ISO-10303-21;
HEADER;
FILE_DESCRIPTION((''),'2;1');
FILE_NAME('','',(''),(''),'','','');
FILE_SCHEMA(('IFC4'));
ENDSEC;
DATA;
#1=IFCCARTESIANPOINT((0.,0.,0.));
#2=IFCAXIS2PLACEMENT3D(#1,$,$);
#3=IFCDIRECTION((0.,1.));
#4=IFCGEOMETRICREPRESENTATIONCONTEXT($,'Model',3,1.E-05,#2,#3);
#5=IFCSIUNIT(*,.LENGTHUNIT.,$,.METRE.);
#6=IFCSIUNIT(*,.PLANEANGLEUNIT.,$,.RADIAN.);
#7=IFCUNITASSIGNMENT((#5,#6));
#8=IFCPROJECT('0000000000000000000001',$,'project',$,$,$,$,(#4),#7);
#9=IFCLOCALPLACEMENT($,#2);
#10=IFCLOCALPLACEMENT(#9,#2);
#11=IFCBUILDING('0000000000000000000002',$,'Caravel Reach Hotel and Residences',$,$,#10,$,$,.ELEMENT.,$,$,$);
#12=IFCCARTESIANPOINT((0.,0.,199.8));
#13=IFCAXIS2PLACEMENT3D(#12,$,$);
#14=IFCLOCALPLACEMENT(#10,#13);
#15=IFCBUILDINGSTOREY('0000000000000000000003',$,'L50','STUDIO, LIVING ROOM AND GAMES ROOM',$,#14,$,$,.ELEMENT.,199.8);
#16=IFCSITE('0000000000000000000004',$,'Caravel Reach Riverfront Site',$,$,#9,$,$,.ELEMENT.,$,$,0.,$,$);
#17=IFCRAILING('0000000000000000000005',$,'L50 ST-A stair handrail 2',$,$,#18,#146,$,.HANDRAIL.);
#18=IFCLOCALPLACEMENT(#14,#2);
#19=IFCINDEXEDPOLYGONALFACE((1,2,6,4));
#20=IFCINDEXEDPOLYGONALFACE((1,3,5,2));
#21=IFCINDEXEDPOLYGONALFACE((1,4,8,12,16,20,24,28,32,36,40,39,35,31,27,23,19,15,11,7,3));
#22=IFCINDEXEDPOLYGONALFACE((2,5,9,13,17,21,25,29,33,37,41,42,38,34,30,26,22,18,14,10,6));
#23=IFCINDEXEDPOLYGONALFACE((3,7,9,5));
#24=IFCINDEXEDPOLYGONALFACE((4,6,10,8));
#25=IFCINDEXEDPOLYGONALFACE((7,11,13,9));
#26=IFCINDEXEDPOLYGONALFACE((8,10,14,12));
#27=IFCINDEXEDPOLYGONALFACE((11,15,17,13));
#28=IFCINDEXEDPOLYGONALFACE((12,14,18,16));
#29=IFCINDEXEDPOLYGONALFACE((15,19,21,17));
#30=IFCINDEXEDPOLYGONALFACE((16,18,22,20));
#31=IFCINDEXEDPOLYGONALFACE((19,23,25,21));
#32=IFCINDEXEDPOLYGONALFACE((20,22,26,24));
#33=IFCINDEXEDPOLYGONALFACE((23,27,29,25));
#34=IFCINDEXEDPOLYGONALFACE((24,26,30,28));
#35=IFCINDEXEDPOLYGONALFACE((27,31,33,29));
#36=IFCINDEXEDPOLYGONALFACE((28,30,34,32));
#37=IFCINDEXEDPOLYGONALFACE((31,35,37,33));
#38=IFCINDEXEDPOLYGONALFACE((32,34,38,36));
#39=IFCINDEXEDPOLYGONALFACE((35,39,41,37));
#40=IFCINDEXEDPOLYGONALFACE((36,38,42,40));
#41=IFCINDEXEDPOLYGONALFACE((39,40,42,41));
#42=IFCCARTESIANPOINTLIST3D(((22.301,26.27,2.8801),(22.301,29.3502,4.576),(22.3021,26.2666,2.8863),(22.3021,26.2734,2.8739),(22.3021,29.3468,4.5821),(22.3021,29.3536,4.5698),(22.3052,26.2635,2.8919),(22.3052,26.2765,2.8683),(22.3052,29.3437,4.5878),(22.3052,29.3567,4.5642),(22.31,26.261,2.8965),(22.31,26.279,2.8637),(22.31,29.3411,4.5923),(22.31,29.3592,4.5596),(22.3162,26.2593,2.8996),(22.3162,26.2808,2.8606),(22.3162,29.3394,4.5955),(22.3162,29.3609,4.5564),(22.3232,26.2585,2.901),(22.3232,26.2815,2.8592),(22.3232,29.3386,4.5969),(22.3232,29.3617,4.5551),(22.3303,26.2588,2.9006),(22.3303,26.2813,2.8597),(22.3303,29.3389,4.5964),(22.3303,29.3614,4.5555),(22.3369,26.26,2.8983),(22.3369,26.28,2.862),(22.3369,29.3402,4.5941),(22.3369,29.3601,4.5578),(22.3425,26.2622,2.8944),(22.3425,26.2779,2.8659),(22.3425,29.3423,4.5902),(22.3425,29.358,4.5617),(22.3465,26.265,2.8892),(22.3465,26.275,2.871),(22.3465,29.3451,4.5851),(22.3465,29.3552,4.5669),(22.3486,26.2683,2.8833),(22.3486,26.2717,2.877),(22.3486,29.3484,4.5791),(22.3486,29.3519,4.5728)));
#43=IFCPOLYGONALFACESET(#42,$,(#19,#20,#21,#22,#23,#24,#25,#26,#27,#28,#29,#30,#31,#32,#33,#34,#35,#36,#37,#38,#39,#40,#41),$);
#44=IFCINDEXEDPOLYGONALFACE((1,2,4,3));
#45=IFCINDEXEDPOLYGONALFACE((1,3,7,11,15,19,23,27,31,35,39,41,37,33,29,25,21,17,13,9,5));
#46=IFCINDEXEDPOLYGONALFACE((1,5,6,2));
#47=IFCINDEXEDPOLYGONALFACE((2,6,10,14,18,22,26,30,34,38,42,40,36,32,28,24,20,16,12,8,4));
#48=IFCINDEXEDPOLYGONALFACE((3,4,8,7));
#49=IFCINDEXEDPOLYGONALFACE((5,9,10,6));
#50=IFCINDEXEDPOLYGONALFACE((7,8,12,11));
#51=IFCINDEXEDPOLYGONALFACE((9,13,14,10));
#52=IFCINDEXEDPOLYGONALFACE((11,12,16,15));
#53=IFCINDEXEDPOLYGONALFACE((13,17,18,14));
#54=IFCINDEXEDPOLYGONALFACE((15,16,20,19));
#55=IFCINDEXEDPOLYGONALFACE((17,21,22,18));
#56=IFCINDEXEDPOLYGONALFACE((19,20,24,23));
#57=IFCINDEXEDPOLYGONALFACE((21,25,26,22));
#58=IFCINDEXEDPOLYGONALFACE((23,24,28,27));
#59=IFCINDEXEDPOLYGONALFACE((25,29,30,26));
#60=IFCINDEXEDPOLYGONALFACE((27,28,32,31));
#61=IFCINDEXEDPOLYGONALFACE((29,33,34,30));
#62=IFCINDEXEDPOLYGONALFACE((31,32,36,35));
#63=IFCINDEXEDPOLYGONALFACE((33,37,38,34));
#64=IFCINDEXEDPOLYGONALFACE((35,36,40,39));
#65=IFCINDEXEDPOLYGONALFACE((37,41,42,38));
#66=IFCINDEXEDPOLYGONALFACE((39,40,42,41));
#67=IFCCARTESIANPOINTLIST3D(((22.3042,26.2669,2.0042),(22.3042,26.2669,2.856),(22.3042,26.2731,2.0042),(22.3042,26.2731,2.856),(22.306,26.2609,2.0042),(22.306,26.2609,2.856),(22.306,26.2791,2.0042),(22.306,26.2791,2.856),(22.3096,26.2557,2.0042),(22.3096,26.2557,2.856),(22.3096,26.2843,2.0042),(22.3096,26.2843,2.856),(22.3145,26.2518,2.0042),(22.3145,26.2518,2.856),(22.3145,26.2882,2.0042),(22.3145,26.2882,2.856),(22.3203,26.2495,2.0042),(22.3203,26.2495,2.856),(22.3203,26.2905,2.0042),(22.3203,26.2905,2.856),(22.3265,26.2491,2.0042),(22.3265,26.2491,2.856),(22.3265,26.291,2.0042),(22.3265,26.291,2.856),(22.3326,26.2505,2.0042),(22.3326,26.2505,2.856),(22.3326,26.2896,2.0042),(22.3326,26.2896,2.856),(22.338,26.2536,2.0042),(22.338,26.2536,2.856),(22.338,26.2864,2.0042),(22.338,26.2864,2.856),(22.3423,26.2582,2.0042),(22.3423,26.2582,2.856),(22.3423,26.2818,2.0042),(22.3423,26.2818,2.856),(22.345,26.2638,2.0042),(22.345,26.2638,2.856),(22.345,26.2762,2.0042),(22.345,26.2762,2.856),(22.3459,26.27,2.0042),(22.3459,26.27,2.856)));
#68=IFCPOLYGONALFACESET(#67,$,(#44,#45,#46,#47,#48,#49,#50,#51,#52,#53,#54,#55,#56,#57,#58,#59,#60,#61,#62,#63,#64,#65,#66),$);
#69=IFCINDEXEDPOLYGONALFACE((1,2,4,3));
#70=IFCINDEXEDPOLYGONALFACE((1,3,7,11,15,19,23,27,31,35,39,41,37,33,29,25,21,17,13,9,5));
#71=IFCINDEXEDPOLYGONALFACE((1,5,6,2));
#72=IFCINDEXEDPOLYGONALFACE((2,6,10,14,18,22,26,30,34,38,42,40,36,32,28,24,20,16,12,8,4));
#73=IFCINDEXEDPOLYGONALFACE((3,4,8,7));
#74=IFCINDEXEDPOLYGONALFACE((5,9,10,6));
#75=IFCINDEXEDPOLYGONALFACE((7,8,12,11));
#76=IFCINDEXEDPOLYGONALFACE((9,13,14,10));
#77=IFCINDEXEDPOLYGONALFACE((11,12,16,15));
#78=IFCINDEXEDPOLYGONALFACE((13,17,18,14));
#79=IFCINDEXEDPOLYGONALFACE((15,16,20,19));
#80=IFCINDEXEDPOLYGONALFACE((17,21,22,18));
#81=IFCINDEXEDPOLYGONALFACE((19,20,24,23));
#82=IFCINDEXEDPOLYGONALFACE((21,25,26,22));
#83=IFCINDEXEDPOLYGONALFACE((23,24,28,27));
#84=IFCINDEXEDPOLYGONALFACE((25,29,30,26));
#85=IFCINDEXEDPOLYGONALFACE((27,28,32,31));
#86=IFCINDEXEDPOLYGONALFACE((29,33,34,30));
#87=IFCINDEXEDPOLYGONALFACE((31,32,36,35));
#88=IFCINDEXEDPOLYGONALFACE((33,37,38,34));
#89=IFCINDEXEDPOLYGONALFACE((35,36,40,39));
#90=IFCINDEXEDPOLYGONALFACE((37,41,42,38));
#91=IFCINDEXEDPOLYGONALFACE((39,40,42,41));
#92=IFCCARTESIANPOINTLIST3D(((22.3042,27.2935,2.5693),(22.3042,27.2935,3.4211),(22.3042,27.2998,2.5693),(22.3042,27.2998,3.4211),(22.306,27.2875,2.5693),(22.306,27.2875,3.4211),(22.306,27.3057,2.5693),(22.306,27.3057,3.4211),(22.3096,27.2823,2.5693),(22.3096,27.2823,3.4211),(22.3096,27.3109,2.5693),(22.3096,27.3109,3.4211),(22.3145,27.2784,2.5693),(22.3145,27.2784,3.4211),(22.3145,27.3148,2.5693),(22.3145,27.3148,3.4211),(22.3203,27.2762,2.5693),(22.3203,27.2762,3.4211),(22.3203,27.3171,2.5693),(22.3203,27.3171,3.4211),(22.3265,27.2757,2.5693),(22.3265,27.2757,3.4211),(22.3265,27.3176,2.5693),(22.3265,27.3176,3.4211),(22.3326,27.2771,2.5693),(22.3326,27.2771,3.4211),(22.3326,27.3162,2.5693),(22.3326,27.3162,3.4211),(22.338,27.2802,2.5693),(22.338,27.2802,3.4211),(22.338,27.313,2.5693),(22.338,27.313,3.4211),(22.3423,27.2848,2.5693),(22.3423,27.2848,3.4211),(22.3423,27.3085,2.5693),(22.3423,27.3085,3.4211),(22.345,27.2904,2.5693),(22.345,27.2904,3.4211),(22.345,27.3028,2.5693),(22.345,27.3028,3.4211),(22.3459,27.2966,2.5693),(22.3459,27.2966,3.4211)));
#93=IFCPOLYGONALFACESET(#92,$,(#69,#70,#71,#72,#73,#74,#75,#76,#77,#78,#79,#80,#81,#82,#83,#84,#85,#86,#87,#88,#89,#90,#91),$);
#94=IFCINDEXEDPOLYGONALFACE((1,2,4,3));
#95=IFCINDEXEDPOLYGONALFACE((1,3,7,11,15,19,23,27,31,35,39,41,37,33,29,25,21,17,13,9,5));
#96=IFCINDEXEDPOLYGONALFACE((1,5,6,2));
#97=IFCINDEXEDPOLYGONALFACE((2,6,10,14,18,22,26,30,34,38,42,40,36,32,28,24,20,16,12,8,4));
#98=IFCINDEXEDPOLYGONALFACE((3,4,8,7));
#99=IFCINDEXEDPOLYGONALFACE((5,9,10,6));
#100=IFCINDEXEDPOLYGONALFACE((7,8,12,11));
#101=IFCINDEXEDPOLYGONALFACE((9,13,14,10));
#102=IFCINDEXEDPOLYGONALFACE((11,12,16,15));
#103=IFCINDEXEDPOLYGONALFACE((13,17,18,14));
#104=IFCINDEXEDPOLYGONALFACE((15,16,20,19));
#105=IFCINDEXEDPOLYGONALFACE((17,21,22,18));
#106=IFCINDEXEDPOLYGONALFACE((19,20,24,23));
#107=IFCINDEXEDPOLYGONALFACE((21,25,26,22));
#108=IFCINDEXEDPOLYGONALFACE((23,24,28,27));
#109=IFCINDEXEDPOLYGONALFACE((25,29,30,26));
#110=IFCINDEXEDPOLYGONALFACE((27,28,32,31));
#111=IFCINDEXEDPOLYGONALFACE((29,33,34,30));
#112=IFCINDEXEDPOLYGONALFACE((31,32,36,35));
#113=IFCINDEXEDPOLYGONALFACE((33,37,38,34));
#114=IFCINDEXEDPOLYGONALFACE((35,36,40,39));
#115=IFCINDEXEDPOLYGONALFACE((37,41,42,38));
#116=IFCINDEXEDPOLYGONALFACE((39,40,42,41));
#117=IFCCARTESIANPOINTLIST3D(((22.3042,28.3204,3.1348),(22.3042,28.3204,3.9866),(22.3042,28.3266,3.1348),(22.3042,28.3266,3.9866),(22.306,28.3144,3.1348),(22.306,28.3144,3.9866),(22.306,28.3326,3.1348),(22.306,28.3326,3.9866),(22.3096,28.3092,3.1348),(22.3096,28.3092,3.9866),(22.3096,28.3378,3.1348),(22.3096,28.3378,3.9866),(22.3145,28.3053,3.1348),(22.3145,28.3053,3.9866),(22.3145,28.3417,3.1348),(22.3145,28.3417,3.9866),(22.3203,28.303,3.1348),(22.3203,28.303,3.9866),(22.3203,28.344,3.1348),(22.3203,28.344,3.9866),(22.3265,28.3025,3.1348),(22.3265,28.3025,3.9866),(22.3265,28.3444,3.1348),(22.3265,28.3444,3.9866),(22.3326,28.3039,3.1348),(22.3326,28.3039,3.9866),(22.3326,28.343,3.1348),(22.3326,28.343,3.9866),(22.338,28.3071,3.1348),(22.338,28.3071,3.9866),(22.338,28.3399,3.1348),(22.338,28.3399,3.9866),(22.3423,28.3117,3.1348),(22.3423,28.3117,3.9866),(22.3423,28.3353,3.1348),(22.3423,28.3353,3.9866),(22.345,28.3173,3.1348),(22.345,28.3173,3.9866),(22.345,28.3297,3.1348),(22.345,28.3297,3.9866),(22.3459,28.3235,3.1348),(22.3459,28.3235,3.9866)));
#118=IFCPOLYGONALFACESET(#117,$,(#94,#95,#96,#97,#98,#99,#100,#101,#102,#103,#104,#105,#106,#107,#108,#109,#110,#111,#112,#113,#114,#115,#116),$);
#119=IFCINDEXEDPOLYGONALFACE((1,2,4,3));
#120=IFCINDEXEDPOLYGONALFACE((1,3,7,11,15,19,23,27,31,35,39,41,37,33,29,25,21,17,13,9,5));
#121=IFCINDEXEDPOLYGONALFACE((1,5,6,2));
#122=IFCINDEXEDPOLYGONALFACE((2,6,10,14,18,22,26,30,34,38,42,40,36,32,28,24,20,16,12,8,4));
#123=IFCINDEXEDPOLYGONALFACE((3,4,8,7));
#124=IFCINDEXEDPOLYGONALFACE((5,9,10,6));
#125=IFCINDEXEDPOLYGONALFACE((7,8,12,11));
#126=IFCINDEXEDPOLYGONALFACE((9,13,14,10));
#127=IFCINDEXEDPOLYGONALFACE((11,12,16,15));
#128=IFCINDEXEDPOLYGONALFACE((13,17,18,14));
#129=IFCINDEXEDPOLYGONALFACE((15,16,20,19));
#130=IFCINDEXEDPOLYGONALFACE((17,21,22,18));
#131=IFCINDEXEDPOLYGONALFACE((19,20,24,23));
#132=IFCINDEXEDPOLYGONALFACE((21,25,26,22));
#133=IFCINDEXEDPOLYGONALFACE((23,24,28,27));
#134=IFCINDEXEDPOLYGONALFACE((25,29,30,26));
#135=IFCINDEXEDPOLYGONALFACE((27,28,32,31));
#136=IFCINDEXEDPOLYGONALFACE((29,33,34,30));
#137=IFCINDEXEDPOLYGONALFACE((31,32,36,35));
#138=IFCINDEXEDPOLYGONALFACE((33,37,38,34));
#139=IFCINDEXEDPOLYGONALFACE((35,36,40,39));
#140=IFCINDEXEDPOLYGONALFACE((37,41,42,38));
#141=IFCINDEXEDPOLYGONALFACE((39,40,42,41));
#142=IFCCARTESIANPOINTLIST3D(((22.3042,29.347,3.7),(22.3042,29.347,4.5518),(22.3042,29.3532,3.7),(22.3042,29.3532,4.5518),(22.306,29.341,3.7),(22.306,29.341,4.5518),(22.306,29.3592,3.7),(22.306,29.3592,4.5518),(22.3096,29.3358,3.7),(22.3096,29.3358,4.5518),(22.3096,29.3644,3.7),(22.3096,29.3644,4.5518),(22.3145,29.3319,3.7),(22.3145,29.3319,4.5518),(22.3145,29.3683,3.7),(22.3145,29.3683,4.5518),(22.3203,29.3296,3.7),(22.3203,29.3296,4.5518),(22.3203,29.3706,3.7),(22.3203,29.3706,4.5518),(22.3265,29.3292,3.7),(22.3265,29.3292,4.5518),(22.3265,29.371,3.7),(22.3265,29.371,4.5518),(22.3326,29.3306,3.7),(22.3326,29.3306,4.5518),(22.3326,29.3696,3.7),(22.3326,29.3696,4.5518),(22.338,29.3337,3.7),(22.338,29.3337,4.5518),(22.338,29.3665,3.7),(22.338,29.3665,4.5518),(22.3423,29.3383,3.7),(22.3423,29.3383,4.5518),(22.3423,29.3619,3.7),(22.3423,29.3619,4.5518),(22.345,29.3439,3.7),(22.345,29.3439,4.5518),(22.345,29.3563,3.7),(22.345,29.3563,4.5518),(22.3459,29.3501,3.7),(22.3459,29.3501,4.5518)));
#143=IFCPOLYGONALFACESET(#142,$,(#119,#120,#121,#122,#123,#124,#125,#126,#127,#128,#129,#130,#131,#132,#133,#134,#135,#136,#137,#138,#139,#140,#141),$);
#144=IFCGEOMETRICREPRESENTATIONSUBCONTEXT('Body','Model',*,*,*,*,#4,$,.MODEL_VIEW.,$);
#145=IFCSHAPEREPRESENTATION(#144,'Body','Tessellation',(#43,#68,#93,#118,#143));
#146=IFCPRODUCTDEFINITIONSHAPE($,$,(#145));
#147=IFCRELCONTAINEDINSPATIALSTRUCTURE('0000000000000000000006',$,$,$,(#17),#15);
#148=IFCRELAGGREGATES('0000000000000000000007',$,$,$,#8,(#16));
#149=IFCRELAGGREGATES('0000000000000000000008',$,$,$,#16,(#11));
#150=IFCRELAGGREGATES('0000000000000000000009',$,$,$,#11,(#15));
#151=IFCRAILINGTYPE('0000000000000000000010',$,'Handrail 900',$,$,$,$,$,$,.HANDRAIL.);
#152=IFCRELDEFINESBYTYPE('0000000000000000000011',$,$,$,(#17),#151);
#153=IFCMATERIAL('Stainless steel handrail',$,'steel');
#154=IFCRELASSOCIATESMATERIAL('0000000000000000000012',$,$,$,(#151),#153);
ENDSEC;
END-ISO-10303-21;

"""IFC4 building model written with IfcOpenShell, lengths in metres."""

from ifc_helpers import new_model, si_unit, direction, frame, origin, origin_2d, place, context, subcontext, project, spatial, circle, extrude, material, type_object, element, save


model = new_model("IFC4")

# Units and contexts
model_context = context("Model", 3, precision=1e-05, world=origin(), true_north=direction((0.0, 1.0)))
body_context = subcontext(model_context, "Body", "Model", "MODEL_VIEW")
ifc_project = project(units=[si_unit("LENGTHUNIT", "METRE"), si_unit("PLANEANGLEUNIT", "RADIAN")], contexts=[model_context])

# Site, building, storey
site_placement = place(None, origin())
site = spatial("IfcSite", under=ifc_project, at=site_placement, Name="Caravel Reach Riverfront Site", CompositionType="ELEMENT", RefElevation=0.0)
building_placement = place(site_placement, origin())
building = spatial("IfcBuilding", under=site, at=building_placement, Name="Caravel Reach Hotel and Residences", CompositionType="ELEMENT")
storey_placement = place(building_placement, frame((0.0, 0.0, 199.8)))
storey = spatial("IfcBuildingStorey", under=building, at=storey_placement, Name="L50", Description="STUDIO, LIVING ROOM AND GAMES ROOM", CompositionType="ELEMENT", Elevation=199.8)

# Railing
ifc_material_1 = material(Name="Stainless steel handrail", Category="steel")
railing_type_1 = type_object("IfcRailingType", Name="Handrail 900", PredefinedType="HANDRAIL", material=ifc_material_1)
railing_1_placement = place(storey_placement, frame((22.325, 26.27, 2.0042)))
element("IfcRailing", 1, at=railing_1_placement, inside=storey, type_object=railing_type_1, Name="L50 ST-A stair handrail 2", PredefinedType="HANDRAIL", context=body_context, shape_type="SweptSolid", body=[
    extrude(circle(Radius=0.0239, at=origin_2d()), frame((0.0, 0.0, 0.876), z_axis=(0.0, 0.876005, 0.482303), x_axis=(-1.0, 0.0, 0.0)), (0.0, 0.0, 1.0), 3.5161),
    extrude(circle(Radius=0.021, at=origin_2d()), origin(), (0.0, 0.0, 1.0), 0.8518),
    extrude(circle(Radius=0.021, at=origin_2d()), frame((0.0, 1.0266, 0.5652)), (0.0, 0.0, 1.0), 0.8518),
    extrude(circle(Radius=0.021, at=origin_2d()), frame((0.0, 2.0535, 1.1306)), (0.0, 0.0, 1.0), 0.8518),
    extrude(circle(Radius=0.021, at=origin_2d()), frame((0.0, 3.0801, 1.6958)), (0.0, 0.0, 1.0), 0.8518),
])

save(model, "model.ifc")
